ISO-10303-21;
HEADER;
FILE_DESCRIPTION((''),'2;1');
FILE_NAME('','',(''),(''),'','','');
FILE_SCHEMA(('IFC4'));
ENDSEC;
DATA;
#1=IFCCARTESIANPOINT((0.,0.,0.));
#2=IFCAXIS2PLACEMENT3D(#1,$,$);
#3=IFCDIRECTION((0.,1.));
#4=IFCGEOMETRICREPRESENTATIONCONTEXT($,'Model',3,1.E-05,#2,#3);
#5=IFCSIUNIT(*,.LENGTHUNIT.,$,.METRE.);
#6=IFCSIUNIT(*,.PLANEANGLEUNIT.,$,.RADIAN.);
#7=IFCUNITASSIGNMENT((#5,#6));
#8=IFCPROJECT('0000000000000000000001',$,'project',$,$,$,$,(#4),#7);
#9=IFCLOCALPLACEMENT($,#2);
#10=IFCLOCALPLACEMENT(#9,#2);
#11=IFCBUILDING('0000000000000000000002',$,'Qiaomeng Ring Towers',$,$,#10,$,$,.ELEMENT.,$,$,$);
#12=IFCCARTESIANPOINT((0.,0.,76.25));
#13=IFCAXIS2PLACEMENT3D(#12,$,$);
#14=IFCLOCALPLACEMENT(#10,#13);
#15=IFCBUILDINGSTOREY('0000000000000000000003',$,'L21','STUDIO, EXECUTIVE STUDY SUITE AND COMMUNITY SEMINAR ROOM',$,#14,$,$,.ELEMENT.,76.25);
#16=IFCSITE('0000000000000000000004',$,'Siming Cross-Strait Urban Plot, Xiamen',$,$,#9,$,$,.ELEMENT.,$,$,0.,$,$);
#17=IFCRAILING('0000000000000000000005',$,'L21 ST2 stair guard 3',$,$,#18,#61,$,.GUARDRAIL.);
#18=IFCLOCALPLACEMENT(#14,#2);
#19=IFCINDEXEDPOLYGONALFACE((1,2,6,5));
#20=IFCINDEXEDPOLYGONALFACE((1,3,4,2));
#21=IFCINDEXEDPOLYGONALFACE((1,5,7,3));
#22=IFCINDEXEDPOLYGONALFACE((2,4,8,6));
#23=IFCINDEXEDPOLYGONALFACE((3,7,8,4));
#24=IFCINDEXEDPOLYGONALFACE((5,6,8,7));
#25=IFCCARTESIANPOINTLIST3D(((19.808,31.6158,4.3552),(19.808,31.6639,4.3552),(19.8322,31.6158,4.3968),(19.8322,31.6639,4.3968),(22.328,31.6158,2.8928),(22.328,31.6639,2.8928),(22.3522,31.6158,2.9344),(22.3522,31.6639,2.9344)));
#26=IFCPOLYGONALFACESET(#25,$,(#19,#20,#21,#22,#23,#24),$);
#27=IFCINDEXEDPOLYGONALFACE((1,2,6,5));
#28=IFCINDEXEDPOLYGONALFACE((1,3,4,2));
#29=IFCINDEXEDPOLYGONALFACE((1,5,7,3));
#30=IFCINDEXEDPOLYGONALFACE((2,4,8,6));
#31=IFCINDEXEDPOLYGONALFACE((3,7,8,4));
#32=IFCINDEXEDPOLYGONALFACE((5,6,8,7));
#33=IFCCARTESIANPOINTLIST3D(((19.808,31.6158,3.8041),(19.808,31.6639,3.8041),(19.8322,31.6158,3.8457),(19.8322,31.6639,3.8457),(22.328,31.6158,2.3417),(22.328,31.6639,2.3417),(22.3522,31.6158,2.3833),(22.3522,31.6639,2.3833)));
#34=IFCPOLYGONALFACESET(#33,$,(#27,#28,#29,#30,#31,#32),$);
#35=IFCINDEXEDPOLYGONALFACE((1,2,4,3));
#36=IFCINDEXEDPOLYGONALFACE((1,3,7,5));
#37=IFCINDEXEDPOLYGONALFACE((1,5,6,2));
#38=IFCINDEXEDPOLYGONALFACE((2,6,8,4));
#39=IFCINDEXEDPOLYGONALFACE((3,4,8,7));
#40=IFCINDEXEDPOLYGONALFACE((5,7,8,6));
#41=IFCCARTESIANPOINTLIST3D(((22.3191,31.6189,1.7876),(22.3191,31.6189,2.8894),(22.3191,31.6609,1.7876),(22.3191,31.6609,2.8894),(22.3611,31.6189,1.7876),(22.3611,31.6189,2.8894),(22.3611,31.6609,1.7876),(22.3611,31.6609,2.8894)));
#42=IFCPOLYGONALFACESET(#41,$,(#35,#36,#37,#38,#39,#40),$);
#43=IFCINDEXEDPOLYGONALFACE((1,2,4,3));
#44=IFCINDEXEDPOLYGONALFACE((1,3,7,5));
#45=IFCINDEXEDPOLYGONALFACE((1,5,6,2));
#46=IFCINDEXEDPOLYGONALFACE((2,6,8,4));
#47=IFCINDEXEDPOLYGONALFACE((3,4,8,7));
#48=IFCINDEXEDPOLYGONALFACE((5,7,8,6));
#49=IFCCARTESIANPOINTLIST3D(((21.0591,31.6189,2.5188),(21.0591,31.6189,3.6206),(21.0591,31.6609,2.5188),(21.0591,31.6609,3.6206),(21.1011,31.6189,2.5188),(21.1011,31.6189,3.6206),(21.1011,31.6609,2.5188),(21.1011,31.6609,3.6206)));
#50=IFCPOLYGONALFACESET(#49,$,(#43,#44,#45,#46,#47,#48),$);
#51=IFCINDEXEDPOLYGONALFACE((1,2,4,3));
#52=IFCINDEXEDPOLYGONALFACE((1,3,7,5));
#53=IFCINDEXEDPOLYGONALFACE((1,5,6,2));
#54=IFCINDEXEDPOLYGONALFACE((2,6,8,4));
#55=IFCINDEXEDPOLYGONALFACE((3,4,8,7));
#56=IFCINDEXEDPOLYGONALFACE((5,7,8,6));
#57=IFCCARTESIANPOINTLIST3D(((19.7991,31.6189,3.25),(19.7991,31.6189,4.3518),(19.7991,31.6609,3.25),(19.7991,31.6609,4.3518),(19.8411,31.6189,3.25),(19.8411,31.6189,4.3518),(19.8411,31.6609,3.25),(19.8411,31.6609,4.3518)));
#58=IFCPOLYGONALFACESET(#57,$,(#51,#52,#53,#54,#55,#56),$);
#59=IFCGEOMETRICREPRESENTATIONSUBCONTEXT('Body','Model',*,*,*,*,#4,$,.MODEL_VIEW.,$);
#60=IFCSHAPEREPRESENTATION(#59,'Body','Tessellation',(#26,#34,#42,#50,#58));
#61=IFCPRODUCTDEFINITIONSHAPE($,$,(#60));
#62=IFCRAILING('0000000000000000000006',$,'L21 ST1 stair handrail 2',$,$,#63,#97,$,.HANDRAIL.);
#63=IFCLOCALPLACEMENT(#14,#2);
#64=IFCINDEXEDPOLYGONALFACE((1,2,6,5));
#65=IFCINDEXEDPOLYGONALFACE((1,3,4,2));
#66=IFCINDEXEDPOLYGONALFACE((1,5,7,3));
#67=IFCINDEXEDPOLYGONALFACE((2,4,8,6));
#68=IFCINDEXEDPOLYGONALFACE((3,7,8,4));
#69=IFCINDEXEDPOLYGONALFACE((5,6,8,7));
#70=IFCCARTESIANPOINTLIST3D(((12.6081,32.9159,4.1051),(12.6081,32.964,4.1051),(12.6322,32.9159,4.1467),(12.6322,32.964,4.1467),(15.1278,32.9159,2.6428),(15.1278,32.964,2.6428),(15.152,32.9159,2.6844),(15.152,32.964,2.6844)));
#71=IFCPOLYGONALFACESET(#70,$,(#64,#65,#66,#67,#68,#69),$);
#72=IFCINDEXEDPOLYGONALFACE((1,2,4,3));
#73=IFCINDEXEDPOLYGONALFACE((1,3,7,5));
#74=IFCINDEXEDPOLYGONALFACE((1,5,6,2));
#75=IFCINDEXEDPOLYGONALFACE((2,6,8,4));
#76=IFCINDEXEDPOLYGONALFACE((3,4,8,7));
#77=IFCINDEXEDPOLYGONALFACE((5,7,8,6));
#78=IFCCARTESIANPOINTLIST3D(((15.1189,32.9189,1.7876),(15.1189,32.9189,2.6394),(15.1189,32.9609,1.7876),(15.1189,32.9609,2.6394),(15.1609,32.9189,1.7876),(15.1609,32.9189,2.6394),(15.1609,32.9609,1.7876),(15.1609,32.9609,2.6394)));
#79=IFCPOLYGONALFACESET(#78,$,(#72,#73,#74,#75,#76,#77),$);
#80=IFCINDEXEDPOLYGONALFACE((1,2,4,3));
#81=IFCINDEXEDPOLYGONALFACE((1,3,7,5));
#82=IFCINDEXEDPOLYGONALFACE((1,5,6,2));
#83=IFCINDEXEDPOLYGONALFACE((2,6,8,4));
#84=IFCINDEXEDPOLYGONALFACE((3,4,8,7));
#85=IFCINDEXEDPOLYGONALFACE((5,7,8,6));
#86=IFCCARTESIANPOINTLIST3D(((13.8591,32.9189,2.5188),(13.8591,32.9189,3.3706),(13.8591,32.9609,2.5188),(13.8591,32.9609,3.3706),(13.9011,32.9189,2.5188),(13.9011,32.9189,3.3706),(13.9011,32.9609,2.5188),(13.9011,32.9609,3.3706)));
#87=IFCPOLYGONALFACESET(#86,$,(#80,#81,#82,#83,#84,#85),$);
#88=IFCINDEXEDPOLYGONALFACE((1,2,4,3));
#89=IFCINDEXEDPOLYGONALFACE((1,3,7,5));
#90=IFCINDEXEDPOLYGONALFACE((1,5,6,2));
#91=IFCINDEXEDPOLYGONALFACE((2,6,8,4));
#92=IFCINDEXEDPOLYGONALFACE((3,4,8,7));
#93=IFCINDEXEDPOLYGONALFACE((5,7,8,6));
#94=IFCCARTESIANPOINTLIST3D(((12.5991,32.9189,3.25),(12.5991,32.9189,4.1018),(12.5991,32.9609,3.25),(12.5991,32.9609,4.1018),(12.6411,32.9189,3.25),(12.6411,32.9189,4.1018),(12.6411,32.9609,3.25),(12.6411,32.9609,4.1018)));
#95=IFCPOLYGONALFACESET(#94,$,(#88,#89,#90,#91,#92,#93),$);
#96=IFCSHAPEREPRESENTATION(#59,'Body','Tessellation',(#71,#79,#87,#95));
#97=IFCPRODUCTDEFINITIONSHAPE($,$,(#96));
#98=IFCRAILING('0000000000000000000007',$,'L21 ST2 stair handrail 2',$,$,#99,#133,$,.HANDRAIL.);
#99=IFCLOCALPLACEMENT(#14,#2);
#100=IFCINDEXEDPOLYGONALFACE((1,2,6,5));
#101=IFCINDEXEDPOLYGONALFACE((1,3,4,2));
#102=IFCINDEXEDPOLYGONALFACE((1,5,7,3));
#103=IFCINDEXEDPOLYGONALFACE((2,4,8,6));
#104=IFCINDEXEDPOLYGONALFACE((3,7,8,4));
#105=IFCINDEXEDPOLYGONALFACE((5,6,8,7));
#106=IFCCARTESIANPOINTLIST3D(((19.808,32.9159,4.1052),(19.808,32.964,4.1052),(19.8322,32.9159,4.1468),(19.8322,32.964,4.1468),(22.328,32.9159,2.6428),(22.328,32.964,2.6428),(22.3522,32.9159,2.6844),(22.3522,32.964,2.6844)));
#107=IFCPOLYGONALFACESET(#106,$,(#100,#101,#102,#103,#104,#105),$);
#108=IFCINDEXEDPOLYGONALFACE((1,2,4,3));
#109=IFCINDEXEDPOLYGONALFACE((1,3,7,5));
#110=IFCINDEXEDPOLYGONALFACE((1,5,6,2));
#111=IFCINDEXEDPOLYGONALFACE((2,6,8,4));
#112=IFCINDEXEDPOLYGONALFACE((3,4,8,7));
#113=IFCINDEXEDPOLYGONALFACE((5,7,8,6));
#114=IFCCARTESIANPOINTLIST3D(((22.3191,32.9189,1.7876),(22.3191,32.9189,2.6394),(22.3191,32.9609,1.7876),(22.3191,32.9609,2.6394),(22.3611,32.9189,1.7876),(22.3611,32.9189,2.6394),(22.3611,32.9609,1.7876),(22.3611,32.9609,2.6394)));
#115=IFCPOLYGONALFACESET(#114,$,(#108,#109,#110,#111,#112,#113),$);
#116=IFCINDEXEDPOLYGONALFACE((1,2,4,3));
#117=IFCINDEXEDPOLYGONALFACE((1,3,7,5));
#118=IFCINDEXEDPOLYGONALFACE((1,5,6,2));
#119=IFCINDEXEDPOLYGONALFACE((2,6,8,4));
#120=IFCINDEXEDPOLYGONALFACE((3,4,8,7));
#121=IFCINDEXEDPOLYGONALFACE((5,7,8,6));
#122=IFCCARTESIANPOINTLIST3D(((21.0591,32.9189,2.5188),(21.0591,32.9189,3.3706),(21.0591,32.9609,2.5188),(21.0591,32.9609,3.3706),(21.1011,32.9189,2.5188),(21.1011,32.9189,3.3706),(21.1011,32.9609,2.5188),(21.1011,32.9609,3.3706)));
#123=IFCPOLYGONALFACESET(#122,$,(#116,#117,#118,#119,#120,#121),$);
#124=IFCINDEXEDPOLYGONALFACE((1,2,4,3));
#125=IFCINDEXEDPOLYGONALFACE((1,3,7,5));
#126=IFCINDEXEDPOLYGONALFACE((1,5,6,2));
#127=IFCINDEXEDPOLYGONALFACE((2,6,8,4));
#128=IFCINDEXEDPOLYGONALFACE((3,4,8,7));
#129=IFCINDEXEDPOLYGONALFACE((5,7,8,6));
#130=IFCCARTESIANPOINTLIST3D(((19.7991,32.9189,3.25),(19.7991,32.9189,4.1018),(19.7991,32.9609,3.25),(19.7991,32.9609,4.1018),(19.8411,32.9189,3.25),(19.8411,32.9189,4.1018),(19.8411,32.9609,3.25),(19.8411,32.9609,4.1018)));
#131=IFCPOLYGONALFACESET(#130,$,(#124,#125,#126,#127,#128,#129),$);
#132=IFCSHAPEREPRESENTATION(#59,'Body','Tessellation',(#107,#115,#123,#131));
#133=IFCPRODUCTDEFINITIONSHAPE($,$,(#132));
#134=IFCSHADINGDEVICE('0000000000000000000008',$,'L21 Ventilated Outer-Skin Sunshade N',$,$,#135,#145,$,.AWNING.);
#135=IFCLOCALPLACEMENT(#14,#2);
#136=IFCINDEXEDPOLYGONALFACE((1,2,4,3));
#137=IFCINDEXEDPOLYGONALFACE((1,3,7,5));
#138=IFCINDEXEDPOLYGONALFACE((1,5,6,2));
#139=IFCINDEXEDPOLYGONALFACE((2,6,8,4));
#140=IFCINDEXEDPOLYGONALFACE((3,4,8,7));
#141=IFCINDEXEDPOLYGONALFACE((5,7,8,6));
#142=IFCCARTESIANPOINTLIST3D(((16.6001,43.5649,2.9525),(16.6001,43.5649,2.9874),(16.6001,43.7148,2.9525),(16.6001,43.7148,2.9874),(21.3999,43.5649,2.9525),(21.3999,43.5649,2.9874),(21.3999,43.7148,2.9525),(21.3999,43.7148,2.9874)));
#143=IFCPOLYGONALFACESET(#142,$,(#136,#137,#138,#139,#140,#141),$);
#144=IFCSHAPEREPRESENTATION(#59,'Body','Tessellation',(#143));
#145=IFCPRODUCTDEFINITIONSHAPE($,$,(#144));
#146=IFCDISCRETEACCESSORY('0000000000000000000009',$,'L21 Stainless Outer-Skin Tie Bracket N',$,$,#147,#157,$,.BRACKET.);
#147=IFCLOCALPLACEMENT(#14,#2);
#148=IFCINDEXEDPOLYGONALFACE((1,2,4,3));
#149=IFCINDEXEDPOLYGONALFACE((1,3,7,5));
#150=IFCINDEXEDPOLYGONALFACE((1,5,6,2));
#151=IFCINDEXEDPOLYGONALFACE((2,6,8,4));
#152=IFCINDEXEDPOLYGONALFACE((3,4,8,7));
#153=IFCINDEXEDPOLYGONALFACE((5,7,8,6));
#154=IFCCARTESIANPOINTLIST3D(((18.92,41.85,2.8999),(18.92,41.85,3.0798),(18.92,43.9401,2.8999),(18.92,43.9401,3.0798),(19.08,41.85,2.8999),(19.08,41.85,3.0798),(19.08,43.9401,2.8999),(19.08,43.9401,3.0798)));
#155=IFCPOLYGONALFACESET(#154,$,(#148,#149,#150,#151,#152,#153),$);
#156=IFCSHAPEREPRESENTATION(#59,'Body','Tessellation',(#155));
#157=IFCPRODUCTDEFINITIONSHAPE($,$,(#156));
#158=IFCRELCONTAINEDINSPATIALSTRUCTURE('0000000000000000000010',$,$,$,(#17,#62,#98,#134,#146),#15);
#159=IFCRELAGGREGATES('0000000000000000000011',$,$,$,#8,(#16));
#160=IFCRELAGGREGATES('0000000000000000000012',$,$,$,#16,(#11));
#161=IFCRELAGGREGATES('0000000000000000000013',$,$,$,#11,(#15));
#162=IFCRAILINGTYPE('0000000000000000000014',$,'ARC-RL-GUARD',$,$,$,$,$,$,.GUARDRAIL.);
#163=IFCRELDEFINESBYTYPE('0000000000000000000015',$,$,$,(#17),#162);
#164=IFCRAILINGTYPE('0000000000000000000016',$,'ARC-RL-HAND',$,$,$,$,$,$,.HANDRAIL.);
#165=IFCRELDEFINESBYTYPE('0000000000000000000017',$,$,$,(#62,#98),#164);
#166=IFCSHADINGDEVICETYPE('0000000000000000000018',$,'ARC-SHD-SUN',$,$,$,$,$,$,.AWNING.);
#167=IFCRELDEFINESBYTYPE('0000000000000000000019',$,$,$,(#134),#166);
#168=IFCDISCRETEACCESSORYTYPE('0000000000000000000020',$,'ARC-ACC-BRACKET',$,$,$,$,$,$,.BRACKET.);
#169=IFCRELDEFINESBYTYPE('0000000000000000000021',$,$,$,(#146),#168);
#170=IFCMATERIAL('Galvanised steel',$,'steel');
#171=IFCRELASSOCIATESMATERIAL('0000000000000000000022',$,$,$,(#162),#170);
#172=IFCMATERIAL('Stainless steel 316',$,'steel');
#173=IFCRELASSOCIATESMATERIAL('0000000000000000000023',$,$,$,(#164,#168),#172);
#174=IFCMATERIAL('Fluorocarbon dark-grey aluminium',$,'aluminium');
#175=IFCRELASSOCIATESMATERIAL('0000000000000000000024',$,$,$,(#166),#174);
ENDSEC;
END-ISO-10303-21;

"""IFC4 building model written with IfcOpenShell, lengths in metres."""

from ifc_helpers import new_model, si_unit, direction, frame, origin, origin_2d, place, context, subcontext, project, spatial, rectangle, extrude, source, transform, mapped, material, material_profile, profile_set, type_object, element, save


model = new_model("IFC4")

# Units and contexts
model_context = context("Model", 3, precision=1e-05, world=origin(), true_north=direction((0.0, 1.0)))
body_context = subcontext(model_context, "Body", "Model", "MODEL_VIEW")
ifc_project = project(units=[si_unit("LENGTHUNIT", "METRE"), si_unit("PLANEANGLEUNIT", "RADIAN")], contexts=[model_context])

# Site, building, storey
site_placement = place(None, origin())
site = spatial("IfcSite", under=ifc_project, at=site_placement, Name="Siming Cross-Strait Urban Plot, Xiamen", CompositionType="ELEMENT", RefElevation=0.0)
building_placement = place(site_placement, origin())
building = spatial("IfcBuilding", under=site, at=building_placement, Name="Qiaomeng Ring Towers", CompositionType="ELEMENT")
storey_placement = place(building_placement, frame((0.0, 0.0, 76.25)))
storey = spatial("IfcBuildingStorey", under=building, at=storey_placement, Name="L21", Description="STUDIO, EXECUTIVE STUDY SUITE AND COMMUNITY SEMINAR ROOM", CompositionType="ELEMENT", Elevation=76.25)

# Shared definitions
ifc_material_1 = material(Name="Galvanised steel", Category="steel")

# Railings
railing_type_1 = type_object("IfcRailingType", Name="ARC-RL-GUARD", PredefinedType="GUARDRAIL", material=ifc_material_1)
railing_1_placement = place(storey_placement, frame((22.3401, 31.6399, 1.7876)))
element("IfcRailing", 1, at=railing_1_placement, inside=storey, type_object=railing_type_1, Name="L21 ST2 stair guard 3", PredefinedType="GUARDRAIL", context=body_context, shape_type="SweptSolid", body=[
    extrude(rectangle(XDim=0.0481, YDim=0.0481, at=origin_2d()), frame((0.0, 0.0, 1.126), z_axis=(-0.864913, 0.0, 0.501921), x_axis=(0.0, -1.0, 0.0)), (0.0, 0.0, 1.0), 2.9136),
    extrude(rectangle(XDim=0.0481, YDim=0.0481, at=origin_2d()), frame((0.0, 0.0, 0.575), z_axis=(-0.864913, 0.0, 0.501921), x_axis=(0.0, -1.0, 0.0)), (0.0, 0.0, 1.0), 2.9136),
    extrude(rectangle(XDim=0.042, YDim=0.042, at=origin_2d()), origin(), (0.0, 0.0, 1.0), 1.1018),
    extrude(rectangle(XDim=0.042, YDim=0.042, at=origin_2d()), frame((-1.26, 0.0, 0.7312)), (0.0, 0.0, 1.0), 1.1018),
    extrude(rectangle(XDim=0.042, YDim=0.042, at=origin_2d()), frame((-2.52, 0.0, 1.4624)), (0.0, 0.0, 1.0), 1.1018),
])
ifc_material_2 = material(Name="Stainless steel 316", Category="steel")
railing_type_2 = type_object("IfcRailingType", Name="ARC-RL-HAND", PredefinedType="HANDRAIL", material=ifc_material_2)
railing_2_placement = place(storey_placement, frame((15.1399, 32.9399, 1.7876)))
element("IfcRailing", 2, at=railing_2_placement, inside=storey, type_object=railing_type_2, Name="L21 ST1 stair handrail 2", PredefinedType="HANDRAIL", context=body_context, shape_type="SweptSolid", body=[
    extrude(rectangle(XDim=0.0481, YDim=0.0481, at=origin_2d()), frame((0.0, 0.0, 0.876), z_axis=(-0.864892, 0.0, 0.501958), x_axis=(0.0, -1.0, 0.0)), (0.0, 0.0, 1.0), 2.9133),
    extrude(rectangle(XDim=0.042, YDim=0.042, at=origin_2d()), origin(), (0.0, 0.0, 1.0), 0.8518),
    extrude(rectangle(XDim=0.042, YDim=0.042, at=origin_2d()), frame((-1.2598, 0.0, 0.7312)), (0.0, 0.0, 1.0), 0.8518),
    extrude(rectangle(XDim=0.042, YDim=0.042, at=origin_2d()), frame((-2.5198, 0.0, 1.4624)), (0.0, 0.0, 1.0), 0.8518),
])
railing_3_placement = place(storey_placement, frame((22.3401, 32.9399, 1.7876)))
element("IfcRailing", 3, at=railing_3_placement, inside=storey, type_object=railing_type_2, Name="L21 ST2 stair handrail 2", PredefinedType="HANDRAIL", context=body_context, shape_type="SweptSolid", body=[
    extrude(rectangle(XDim=0.0481, YDim=0.0481, at=origin_2d()), frame((0.0, 0.0, 0.876), z_axis=(-0.864913, 0.0, 0.501921), x_axis=(0.0, -1.0, 0.0)), (0.0, 0.0, 1.0), 2.9136),
    extrude(rectangle(XDim=0.042, YDim=0.042, at=origin_2d()), origin(), (0.0, 0.0, 1.0), 0.8518),
    extrude(rectangle(XDim=0.042, YDim=0.042, at=origin_2d()), frame((-1.26, 0.0, 0.7312)), (0.0, 0.0, 1.0), 0.8518),
    extrude(rectangle(XDim=0.042, YDim=0.042, at=origin_2d()), frame((-2.52, 0.0, 1.4624)), (0.0, 0.0, 1.0), 0.8518),
])

# Shading device
ifc_material_3 = material(Name="Fluorocarbon dark-grey aluminium", Category="aluminium")
ifc_material_profile_1 = material_profile(ifc_material_3, rectangle(XDim=0.1499, YDim=0.0349, at=origin_2d()), Name="LV BLADE 150x35")
ifc_profile_set_1 = profile_set([ifc_material_profile_1], Name="Fluorocarbon dark-grey aluminium")
shading_device_type = type_object("IfcShadingDeviceType", Name="ARC-SHD-SUN", PredefinedType="AWNING", material=ifc_profile_set_1)
shared_shape_1 = source(origin(), body_context, "Body", "SweptSolid", [
    extrude(rectangle(XDim=0.1499, YDim=0.0349, at=origin_2d()), origin(), (0.0, 0.0, 1.0), 4.7998),
])
shading_device_placement = place(storey_placement, frame((16.6001, 43.6399, 2.97), z_axis=(1.0, 0.0, 0.0), x_axis=(0.0, 1.0, 0.0)))
element("IfcShadingDevice", 4, at=shading_device_placement, inside=storey, type_object=shading_device_type, Name="L21 Ventilated Outer-Skin Sunshade N", PredefinedType="AWNING", context=body_context, shape_type="MappedRepresentation", body=[
    mapped(shared_shape_1, transform((0.0, 0.0, 0.0), x_axis=(1.0, 0.0, 0.0), y_axis=(0.0, 1.0, 0.0), z_axis=(0.0, 0.0, 1.0), scale=1.0)),
])

# Discrete accessory
discrete_accessory_type = type_object("IfcDiscreteAccessoryType", Name="ARC-ACC-BRACKET", PredefinedType="BRACKET", material=ifc_material_2)
shared_shape_2 = source(origin(), body_context, "Body", "SweptSolid", [
    extrude(rectangle(XDim=0.1599, YDim=2.0901, at=origin_2d()), origin(), (0.0, 0.0, 1.0), 0.1799),
])
discrete_accessory_placement = place(storey_placement, frame((19.0, 42.895, 2.8999), z_axis=(0.0, 0.0, 1.0), x_axis=(1.0, 0.0, 0.0)))
element("IfcDiscreteAccessory", 5, at=discrete_accessory_placement, inside=storey, type_object=discrete_accessory_type, Name="L21 Stainless Outer-Skin Tie Bracket N", PredefinedType="BRACKET", context=body_context, shape_type="MappedRepresentation", body=[
    mapped(shared_shape_2, transform((0.0, 0.0, 0.0), x_axis=(1.0, 0.0, 0.0), y_axis=(0.0, 1.0, 0.0), z_axis=(0.0, 0.0, 1.0), scale=1.0)),
])

save(model, "model.ifc")
